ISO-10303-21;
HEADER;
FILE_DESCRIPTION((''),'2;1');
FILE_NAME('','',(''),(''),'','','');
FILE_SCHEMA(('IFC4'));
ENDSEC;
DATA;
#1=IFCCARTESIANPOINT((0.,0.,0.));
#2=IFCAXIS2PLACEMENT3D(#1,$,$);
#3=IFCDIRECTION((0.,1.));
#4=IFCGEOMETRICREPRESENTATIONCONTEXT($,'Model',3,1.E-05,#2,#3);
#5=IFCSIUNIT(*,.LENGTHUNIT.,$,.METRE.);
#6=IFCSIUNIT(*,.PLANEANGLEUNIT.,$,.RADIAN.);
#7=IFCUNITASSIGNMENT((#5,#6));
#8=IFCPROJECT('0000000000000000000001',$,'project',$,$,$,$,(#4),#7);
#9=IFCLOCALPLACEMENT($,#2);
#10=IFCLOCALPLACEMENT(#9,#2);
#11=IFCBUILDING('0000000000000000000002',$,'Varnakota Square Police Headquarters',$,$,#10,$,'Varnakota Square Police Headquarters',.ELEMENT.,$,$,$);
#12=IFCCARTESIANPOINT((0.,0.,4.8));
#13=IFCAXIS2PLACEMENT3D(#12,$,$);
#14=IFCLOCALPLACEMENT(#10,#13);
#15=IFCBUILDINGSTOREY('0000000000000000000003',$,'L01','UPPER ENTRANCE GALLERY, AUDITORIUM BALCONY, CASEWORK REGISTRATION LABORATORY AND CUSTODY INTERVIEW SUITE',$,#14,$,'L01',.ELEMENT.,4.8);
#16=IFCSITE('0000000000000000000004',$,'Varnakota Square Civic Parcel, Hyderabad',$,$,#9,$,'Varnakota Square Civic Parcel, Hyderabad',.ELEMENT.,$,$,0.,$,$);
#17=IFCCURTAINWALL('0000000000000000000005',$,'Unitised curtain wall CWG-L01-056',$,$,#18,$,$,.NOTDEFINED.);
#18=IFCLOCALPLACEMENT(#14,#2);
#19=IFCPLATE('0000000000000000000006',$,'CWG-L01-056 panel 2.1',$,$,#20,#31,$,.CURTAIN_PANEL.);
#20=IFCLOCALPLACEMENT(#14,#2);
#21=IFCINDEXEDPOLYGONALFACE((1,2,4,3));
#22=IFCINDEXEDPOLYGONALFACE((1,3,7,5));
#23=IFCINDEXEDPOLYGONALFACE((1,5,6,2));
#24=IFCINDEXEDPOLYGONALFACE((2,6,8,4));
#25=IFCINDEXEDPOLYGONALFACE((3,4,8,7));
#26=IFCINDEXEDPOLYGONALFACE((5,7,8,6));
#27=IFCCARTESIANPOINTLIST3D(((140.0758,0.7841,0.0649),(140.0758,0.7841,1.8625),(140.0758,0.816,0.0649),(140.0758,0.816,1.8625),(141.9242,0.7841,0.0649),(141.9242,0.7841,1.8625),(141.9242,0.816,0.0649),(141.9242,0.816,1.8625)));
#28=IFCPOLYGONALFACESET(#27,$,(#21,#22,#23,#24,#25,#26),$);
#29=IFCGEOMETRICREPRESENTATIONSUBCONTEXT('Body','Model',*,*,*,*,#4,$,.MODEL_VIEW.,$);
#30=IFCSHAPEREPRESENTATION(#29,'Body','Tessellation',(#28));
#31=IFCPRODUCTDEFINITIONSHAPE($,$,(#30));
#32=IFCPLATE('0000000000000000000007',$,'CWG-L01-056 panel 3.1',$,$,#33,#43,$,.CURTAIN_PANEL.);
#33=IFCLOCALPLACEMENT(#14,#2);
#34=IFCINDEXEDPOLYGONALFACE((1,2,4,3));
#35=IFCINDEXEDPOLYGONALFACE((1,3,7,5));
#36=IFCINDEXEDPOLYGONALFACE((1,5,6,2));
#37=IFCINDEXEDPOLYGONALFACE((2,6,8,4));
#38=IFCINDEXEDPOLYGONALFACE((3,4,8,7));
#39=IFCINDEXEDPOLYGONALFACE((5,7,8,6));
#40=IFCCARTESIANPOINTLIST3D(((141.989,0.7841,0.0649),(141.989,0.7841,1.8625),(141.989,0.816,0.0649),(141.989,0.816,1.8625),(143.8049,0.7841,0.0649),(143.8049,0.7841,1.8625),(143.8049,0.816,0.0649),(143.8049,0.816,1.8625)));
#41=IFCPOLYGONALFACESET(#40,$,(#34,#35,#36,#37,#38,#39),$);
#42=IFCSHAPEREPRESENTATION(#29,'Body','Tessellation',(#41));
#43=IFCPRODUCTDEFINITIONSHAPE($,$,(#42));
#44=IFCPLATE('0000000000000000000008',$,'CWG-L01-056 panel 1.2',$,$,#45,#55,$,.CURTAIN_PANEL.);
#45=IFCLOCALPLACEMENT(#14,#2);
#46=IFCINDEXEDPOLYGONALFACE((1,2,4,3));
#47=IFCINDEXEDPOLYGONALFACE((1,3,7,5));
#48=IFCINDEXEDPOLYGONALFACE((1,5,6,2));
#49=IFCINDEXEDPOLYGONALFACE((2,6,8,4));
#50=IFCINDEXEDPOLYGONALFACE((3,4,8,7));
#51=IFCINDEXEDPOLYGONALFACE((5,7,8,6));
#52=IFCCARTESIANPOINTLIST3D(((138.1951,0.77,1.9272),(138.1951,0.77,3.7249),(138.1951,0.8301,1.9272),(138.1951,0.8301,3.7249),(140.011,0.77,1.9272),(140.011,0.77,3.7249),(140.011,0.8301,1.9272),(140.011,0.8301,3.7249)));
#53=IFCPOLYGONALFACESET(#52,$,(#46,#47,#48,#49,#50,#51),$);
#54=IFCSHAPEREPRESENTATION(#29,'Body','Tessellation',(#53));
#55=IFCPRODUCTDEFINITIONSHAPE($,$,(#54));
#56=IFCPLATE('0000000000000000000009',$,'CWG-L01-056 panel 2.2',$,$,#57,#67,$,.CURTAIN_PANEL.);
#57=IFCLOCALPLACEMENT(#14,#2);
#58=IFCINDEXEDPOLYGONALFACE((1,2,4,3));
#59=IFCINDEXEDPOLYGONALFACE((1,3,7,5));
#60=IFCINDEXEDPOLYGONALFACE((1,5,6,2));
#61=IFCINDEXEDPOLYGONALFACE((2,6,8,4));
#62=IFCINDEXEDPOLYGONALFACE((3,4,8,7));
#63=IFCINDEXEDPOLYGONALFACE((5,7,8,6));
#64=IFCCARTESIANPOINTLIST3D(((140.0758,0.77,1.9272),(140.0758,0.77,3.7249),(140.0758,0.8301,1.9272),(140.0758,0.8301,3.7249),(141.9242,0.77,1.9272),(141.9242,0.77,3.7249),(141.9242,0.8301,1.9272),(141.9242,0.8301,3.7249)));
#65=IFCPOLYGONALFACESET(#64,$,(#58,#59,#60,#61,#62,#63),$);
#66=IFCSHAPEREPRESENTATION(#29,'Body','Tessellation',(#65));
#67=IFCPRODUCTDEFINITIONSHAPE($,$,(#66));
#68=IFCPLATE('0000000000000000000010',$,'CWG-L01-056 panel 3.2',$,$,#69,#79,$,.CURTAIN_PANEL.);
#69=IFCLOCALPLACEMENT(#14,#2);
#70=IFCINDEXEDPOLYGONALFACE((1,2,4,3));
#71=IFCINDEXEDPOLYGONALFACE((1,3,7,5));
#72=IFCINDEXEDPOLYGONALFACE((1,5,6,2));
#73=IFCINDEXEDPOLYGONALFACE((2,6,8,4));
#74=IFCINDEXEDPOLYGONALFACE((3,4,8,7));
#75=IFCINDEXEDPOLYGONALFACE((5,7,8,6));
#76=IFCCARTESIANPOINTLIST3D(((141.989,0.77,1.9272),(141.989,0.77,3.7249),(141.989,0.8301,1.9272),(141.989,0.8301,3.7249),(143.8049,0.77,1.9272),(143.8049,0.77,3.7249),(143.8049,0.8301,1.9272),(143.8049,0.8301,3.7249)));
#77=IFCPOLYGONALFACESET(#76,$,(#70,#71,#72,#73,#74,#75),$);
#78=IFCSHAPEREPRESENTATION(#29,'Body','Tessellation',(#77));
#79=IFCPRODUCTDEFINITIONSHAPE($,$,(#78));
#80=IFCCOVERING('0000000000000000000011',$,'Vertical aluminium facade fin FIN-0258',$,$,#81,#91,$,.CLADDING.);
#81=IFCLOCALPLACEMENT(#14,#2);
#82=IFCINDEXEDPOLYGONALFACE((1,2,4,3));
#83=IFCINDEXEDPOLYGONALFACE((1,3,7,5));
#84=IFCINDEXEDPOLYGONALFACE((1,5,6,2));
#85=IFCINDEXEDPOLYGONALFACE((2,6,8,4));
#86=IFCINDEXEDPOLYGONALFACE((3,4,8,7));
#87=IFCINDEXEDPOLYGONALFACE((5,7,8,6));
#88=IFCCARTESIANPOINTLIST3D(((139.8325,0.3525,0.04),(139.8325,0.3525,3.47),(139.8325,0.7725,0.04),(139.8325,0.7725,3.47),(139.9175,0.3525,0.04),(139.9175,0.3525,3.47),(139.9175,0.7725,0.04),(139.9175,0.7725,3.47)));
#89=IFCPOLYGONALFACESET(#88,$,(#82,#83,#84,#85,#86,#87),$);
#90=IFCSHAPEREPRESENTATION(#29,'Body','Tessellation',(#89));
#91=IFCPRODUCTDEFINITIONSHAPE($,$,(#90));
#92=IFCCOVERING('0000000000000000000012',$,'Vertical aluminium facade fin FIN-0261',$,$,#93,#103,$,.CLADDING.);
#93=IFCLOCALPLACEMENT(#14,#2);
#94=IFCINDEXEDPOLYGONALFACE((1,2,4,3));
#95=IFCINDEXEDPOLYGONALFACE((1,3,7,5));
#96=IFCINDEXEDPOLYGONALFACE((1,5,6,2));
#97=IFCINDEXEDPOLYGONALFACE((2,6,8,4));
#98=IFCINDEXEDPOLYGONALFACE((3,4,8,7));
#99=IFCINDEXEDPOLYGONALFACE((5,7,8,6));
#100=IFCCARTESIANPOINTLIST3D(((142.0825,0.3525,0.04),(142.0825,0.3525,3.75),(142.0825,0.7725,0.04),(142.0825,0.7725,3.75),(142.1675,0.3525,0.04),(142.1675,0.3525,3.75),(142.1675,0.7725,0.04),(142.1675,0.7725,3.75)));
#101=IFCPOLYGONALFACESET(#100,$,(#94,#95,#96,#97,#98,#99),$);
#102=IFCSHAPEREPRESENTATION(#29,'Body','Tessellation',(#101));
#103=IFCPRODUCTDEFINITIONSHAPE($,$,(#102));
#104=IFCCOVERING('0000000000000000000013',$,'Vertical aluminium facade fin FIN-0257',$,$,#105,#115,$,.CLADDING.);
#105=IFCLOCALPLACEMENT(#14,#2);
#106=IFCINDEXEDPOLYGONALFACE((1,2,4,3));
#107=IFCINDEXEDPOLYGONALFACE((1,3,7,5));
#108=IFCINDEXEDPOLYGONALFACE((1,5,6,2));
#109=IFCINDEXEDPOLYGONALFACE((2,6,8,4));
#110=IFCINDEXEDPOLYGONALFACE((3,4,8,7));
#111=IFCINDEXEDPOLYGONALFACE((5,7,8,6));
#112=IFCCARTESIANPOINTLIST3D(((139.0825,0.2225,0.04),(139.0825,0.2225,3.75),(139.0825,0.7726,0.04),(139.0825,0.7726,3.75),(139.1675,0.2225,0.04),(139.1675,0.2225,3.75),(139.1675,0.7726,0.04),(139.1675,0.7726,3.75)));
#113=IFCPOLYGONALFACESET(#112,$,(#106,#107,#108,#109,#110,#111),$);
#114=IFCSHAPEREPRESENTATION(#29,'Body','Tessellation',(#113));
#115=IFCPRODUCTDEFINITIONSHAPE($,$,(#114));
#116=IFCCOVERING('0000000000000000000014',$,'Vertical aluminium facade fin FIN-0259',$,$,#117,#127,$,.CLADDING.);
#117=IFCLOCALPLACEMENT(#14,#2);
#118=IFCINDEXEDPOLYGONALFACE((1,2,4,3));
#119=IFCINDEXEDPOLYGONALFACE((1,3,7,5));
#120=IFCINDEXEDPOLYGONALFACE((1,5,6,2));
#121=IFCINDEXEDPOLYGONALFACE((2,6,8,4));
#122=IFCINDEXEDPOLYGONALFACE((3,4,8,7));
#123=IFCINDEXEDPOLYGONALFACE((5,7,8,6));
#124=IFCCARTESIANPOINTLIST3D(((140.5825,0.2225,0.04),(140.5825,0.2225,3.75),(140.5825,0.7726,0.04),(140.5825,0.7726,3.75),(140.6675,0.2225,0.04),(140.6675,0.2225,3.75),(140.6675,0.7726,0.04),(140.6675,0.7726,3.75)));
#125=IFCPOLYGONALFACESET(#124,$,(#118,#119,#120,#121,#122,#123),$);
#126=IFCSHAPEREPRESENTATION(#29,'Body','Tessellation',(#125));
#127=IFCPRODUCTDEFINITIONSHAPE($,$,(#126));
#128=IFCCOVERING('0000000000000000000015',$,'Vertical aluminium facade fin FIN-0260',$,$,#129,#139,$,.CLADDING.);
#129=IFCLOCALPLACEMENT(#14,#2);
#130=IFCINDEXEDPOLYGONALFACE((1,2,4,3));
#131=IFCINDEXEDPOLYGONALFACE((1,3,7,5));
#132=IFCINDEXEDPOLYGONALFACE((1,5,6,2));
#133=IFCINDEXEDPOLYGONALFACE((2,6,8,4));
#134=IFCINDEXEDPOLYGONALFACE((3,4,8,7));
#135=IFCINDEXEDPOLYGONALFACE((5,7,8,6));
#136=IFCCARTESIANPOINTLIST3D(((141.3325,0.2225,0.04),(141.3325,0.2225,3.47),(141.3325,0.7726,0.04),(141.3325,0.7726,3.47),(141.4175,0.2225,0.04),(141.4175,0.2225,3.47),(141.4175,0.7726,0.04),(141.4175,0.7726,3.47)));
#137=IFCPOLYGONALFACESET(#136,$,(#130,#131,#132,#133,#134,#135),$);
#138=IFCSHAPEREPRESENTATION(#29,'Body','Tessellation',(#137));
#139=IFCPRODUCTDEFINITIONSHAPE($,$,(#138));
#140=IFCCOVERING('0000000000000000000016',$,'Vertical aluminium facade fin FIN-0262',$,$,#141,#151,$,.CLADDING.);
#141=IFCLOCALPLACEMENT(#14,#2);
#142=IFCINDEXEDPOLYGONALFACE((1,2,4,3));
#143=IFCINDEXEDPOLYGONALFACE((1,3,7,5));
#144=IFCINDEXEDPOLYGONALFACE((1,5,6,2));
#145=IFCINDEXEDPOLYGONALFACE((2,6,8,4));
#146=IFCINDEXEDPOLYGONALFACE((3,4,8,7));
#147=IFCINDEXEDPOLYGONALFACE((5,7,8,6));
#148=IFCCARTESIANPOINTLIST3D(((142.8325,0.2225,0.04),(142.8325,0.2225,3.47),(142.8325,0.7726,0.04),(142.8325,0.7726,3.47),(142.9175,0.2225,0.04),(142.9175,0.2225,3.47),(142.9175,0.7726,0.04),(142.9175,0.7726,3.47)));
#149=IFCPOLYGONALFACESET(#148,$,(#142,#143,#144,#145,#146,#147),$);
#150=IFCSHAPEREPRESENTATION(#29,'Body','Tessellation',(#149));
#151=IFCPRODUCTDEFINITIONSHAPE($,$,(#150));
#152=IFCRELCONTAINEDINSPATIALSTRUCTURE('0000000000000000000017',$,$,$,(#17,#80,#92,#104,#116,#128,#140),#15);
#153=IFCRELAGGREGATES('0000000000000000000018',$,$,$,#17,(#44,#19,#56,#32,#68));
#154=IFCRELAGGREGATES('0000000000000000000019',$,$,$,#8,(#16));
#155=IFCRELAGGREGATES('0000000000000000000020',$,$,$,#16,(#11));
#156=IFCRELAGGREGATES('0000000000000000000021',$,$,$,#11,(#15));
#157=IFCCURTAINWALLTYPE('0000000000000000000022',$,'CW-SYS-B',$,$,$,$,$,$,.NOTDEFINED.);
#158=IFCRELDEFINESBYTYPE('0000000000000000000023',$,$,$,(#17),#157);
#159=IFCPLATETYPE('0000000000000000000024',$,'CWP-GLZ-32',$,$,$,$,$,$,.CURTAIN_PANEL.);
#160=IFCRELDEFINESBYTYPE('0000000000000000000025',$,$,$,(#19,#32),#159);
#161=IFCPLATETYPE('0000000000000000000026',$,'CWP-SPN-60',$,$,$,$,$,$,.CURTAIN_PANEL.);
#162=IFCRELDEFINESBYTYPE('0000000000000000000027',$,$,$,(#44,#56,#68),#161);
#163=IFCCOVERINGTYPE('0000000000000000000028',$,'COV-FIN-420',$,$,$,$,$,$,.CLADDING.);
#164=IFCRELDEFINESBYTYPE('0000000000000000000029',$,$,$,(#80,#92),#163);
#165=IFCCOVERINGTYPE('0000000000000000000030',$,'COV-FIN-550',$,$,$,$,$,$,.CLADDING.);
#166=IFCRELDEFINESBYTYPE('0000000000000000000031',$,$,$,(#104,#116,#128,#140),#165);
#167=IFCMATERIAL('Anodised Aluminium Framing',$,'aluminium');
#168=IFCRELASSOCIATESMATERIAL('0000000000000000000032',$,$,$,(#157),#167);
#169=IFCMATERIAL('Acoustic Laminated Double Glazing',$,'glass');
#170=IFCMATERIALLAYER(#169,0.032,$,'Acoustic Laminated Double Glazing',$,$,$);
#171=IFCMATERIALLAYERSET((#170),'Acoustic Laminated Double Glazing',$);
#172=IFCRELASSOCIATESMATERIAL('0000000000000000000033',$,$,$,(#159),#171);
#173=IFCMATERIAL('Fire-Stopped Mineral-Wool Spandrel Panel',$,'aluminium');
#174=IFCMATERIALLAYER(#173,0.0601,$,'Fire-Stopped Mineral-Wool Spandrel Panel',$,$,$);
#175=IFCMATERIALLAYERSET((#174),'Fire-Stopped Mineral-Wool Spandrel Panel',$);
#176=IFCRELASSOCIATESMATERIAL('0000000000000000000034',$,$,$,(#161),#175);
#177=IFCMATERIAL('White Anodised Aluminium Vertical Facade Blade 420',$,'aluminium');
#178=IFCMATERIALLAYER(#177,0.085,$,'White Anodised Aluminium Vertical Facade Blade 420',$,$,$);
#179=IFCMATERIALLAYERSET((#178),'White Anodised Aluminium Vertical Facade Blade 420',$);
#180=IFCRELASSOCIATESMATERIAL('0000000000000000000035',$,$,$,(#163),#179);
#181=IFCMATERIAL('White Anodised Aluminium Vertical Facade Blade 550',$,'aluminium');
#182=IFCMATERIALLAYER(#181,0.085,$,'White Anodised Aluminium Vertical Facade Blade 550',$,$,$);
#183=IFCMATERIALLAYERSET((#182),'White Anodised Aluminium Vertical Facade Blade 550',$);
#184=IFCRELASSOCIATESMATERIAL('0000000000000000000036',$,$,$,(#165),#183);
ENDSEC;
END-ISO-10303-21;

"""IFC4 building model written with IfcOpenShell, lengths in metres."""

from ifc_helpers import new_model, si_unit, direction, frame, origin, origin_2d, place, context, subcontext, project, spatial, rectangle, extrude, material, layer, layer_set, type_object, element, aggregate, save


model = new_model("IFC4")

# Units and contexts
model_context = context("Model", 3, precision=1e-05, world=origin(), true_north=direction((0.0, 1.0)))
body_context = subcontext(model_context, "Body", "Model", "MODEL_VIEW")
ifc_project = project(units=[si_unit("LENGTHUNIT", "METRE"), si_unit("PLANEANGLEUNIT", "RADIAN")], contexts=[model_context])

# Site, building, storey
site_placement = place(None, origin())
site = spatial("IfcSite", under=ifc_project, at=site_placement, Name="Varnakota Square Civic Parcel, Hyderabad", LongName="Varnakota Square Civic Parcel, Hyderabad", CompositionType="ELEMENT", RefElevation=0.0)
building_placement = place(site_placement, origin())
building = spatial("IfcBuilding", under=site, at=building_placement, Name="Varnakota Square Police Headquarters", LongName="Varnakota Square Police Headquarters", CompositionType="ELEMENT")
storey_placement = place(building_placement, frame((0.0, 0.0, 4.8)))
storey = spatial("IfcBuildingStorey", under=building, at=storey_placement, Name="L01", Description="UPPER ENTRANCE GALLERY, AUDITORIUM BALCONY, CASEWORK REGISTRATION LABORATORY AND CUSTODY INTERVIEW SUITE", LongName="L01", CompositionType="ELEMENT", Elevation=4.8)

# Curtain wall, plates
ifc_material_1 = material(Name="Anodised Aluminium Framing", Category="aluminium")
curtain_wall_type = type_object("IfcCurtainWallType", Name="CW-SYS-B", PredefinedType="NOTDEFINED", material=ifc_material_1)
curtain_wall_placement = place(storey_placement, origin())
curtain_wall = element("IfcCurtainWall", 1, at=curtain_wall_placement, inside=storey, type_object=curtain_wall_type, Name="Unitised curtain wall CWG-L01-056", PredefinedType="NOTDEFINED")
ifc_material_2 = material(Name="Acoustic Laminated Double Glazing", Category="glass")
ifc_layer_1 = layer(ifc_material_2, 0.032, Name="Acoustic Laminated Double Glazing")
ifc_layer_set_1 = layer_set([ifc_layer_1], Name="Acoustic Laminated Double Glazing")
plate_type_1 = type_object("IfcPlateType", Name="CWP-GLZ-32", PredefinedType="CURTAIN_PANEL", material=ifc_layer_set_1)
plate_1_placement = place(storey_placement, frame((141.0, 0.8, 0.0649), z_axis=(0.0, 0.0, 1.0), x_axis=(1.0, 0.0, 0.0)))
plate_1 = element("IfcPlate", 2, at=plate_1_placement, type_object=plate_type_1, Name="CWG-L01-056 panel 2.1", PredefinedType="CURTAIN_PANEL", context=body_context, shape_type="SweptSolid", body=[
    extrude(rectangle(XDim=1.8484, YDim=0.032, at=origin_2d()), origin(), (0.0, 0.0, 1.0), 1.7976),
])
plate_2_placement = place(storey_placement, frame((142.897, 0.8, 0.0649), z_axis=(0.0, 0.0, 1.0), x_axis=(1.0, 0.0, 0.0)))
plate_2 = element("IfcPlate", 3, at=plate_2_placement, type_object=plate_type_1, Name="CWG-L01-056 panel 3.1", PredefinedType="CURTAIN_PANEL", context=body_context, shape_type="SweptSolid", body=[
    extrude(rectangle(XDim=1.8159, YDim=0.032, at=origin_2d()), origin(), (0.0, 0.0, 1.0), 1.7976),
])
ifc_material_3 = material(Name="Fire-Stopped Mineral-Wool Spandrel Panel", Category="aluminium")
ifc_layer_2 = layer(ifc_material_3, 0.0601, Name="Fire-Stopped Mineral-Wool Spandrel Panel")
ifc_layer_set_2 = layer_set([ifc_layer_2], Name="Fire-Stopped Mineral-Wool Spandrel Panel")
plate_type_2 = type_object("IfcPlateType", Name="CWP-SPN-60", PredefinedType="CURTAIN_PANEL", material=ifc_layer_set_2)
plate_3_placement = place(storey_placement, frame((139.103, 0.8, 1.9272), z_axis=(0.0, 0.0, 1.0), x_axis=(1.0, 0.0, 0.0)))
plate_3 = element("IfcPlate", 4, at=plate_3_placement, type_object=plate_type_2, Name="CWG-L01-056 panel 1.2", PredefinedType="CURTAIN_PANEL", context=body_context, shape_type="SweptSolid", body=[
    extrude(rectangle(XDim=1.8159, YDim=0.0601, at=origin_2d()), origin(), (0.0, 0.0, 1.0), 1.7976),
])
plate_4_placement = place(storey_placement, frame((141.0, 0.8, 1.9272), z_axis=(0.0, 0.0, 1.0), x_axis=(1.0, 0.0, 0.0)))
plate_4 = element("IfcPlate", 5, at=plate_4_placement, type_object=plate_type_2, Name="CWG-L01-056 panel 2.2", PredefinedType="CURTAIN_PANEL", context=body_context, shape_type="SweptSolid", body=[
    extrude(rectangle(XDim=1.8484, YDim=0.0601, at=origin_2d()), origin(), (0.0, 0.0, 1.0), 1.7976),
])
plate_5_placement = place(storey_placement, frame((142.897, 0.8, 1.9272), z_axis=(0.0, 0.0, 1.0), x_axis=(1.0, 0.0, 0.0)))
plate_5 = element("IfcPlate", 6, at=plate_5_placement, type_object=plate_type_2, Name="CWG-L01-056 panel 3.2", PredefinedType="CURTAIN_PANEL", context=body_context, shape_type="SweptSolid", body=[
    extrude(rectangle(XDim=1.8159, YDim=0.0601, at=origin_2d()), origin(), (0.0, 0.0, 1.0), 1.7976),
])
aggregate(curtain_wall, [plate_3, plate_1, plate_4, plate_2, plate_5])

# Coverings
ifc_material_4 = material(Name="White Anodised Aluminium Vertical Facade Blade 420", Category="aluminium")
ifc_layer_3 = layer(ifc_material_4, 0.085, Name="White Anodised Aluminium Vertical Facade Blade 420")
ifc_layer_set_3 = layer_set([ifc_layer_3], Name="White Anodised Aluminium Vertical Facade Blade 420")
covering_type_1 = type_object("IfcCoveringType", Name="COV-FIN-420", PredefinedType="CLADDING", material=ifc_layer_set_3)
covering_1_placement = place(storey_placement, frame((139.875, 0.5625, 0.04), z_axis=(0.0, 0.0, 1.0), x_axis=(1.0, 0.0, 0.0)))
element("IfcCovering", 7, at=covering_1_placement, inside=storey, type_object=covering_type_1, Name="Vertical aluminium facade fin FIN-0258", PredefinedType="CLADDING", context=body_context, shape_type="SweptSolid", body=[
    extrude(rectangle(XDim=0.085, YDim=0.4199, at=origin_2d()), origin(), (0.0, 0.0, 1.0), 3.4299),
])
covering_2_placement = place(storey_placement, frame((142.125, 0.5625, 0.04), z_axis=(0.0, 0.0, 1.0), x_axis=(1.0, 0.0, 0.0)))
element("IfcCovering", 8, at=covering_2_placement, inside=storey, type_object=covering_type_1, Name="Vertical aluminium facade fin FIN-0261", PredefinedType="CLADDING", context=body_context, shape_type="SweptSolid", body=[
    extrude(rectangle(XDim=0.085, YDim=0.4199, at=origin_2d()), origin(), (0.0, 0.0, 1.0), 3.71),
])
ifc_material_5 = material(Name="White Anodised Aluminium Vertical Facade Blade 550", Category="aluminium")
ifc_layer_4 = layer(ifc_material_5, 0.085, Name="White Anodised Aluminium Vertical Facade Blade 550")
ifc_layer_set_4 = layer_set([ifc_layer_4], Name="White Anodised Aluminium Vertical Facade Blade 550")
covering_type_2 = type_object("IfcCoveringType", Name="COV-FIN-550", PredefinedType="CLADDING", material=ifc_layer_set_4)
for number, where, z_axis, x_axis, name in (
    (9, (139.125, 0.4976, 0.04), (0.0, 0.0, 1.0), (1.0, 0.0, 0.0), "Vertical aluminium facade fin FIN-0257"),
    (10, (140.625, 0.4976, 0.04), (0.0, 0.0, 1.0), (1.0, 0.0, 0.0), "Vertical aluminium facade fin FIN-0259"),
):
    element("IfcCovering", number, at=place(storey_placement, frame(where, z_axis=z_axis, x_axis=x_axis)), inside=storey, type_object=covering_type_2, Name=name, PredefinedType="CLADDING", context=body_context, shape_type="SweptSolid", body=[
        extrude(rectangle(XDim=0.085, YDim=0.55, at=origin_2d()), origin(), (0.0, 0.0, 1.0), 3.71),
    ])
for number, where, z_axis, x_axis, name in (
    (11, (141.375, 0.4976, 0.04), (0.0, 0.0, 1.0), (1.0, 0.0, 0.0), "Vertical aluminium facade fin FIN-0260"),
    (12, (142.875, 0.4976, 0.04), (0.0, 0.0, 1.0), (1.0, 0.0, 0.0), "Vertical aluminium facade fin FIN-0262"),
):
    element("IfcCovering", number, at=place(storey_placement, frame(where, z_axis=z_axis, x_axis=x_axis)), inside=storey, type_object=covering_type_2, Name=name, PredefinedType="CLADDING", context=body_context, shape_type="SweptSolid", body=[
        extrude(rectangle(XDim=0.085, YDim=0.55, at=origin_2d()), origin(), (0.0, 0.0, 1.0), 3.4299),
    ])

save(model, "model.ifc")
